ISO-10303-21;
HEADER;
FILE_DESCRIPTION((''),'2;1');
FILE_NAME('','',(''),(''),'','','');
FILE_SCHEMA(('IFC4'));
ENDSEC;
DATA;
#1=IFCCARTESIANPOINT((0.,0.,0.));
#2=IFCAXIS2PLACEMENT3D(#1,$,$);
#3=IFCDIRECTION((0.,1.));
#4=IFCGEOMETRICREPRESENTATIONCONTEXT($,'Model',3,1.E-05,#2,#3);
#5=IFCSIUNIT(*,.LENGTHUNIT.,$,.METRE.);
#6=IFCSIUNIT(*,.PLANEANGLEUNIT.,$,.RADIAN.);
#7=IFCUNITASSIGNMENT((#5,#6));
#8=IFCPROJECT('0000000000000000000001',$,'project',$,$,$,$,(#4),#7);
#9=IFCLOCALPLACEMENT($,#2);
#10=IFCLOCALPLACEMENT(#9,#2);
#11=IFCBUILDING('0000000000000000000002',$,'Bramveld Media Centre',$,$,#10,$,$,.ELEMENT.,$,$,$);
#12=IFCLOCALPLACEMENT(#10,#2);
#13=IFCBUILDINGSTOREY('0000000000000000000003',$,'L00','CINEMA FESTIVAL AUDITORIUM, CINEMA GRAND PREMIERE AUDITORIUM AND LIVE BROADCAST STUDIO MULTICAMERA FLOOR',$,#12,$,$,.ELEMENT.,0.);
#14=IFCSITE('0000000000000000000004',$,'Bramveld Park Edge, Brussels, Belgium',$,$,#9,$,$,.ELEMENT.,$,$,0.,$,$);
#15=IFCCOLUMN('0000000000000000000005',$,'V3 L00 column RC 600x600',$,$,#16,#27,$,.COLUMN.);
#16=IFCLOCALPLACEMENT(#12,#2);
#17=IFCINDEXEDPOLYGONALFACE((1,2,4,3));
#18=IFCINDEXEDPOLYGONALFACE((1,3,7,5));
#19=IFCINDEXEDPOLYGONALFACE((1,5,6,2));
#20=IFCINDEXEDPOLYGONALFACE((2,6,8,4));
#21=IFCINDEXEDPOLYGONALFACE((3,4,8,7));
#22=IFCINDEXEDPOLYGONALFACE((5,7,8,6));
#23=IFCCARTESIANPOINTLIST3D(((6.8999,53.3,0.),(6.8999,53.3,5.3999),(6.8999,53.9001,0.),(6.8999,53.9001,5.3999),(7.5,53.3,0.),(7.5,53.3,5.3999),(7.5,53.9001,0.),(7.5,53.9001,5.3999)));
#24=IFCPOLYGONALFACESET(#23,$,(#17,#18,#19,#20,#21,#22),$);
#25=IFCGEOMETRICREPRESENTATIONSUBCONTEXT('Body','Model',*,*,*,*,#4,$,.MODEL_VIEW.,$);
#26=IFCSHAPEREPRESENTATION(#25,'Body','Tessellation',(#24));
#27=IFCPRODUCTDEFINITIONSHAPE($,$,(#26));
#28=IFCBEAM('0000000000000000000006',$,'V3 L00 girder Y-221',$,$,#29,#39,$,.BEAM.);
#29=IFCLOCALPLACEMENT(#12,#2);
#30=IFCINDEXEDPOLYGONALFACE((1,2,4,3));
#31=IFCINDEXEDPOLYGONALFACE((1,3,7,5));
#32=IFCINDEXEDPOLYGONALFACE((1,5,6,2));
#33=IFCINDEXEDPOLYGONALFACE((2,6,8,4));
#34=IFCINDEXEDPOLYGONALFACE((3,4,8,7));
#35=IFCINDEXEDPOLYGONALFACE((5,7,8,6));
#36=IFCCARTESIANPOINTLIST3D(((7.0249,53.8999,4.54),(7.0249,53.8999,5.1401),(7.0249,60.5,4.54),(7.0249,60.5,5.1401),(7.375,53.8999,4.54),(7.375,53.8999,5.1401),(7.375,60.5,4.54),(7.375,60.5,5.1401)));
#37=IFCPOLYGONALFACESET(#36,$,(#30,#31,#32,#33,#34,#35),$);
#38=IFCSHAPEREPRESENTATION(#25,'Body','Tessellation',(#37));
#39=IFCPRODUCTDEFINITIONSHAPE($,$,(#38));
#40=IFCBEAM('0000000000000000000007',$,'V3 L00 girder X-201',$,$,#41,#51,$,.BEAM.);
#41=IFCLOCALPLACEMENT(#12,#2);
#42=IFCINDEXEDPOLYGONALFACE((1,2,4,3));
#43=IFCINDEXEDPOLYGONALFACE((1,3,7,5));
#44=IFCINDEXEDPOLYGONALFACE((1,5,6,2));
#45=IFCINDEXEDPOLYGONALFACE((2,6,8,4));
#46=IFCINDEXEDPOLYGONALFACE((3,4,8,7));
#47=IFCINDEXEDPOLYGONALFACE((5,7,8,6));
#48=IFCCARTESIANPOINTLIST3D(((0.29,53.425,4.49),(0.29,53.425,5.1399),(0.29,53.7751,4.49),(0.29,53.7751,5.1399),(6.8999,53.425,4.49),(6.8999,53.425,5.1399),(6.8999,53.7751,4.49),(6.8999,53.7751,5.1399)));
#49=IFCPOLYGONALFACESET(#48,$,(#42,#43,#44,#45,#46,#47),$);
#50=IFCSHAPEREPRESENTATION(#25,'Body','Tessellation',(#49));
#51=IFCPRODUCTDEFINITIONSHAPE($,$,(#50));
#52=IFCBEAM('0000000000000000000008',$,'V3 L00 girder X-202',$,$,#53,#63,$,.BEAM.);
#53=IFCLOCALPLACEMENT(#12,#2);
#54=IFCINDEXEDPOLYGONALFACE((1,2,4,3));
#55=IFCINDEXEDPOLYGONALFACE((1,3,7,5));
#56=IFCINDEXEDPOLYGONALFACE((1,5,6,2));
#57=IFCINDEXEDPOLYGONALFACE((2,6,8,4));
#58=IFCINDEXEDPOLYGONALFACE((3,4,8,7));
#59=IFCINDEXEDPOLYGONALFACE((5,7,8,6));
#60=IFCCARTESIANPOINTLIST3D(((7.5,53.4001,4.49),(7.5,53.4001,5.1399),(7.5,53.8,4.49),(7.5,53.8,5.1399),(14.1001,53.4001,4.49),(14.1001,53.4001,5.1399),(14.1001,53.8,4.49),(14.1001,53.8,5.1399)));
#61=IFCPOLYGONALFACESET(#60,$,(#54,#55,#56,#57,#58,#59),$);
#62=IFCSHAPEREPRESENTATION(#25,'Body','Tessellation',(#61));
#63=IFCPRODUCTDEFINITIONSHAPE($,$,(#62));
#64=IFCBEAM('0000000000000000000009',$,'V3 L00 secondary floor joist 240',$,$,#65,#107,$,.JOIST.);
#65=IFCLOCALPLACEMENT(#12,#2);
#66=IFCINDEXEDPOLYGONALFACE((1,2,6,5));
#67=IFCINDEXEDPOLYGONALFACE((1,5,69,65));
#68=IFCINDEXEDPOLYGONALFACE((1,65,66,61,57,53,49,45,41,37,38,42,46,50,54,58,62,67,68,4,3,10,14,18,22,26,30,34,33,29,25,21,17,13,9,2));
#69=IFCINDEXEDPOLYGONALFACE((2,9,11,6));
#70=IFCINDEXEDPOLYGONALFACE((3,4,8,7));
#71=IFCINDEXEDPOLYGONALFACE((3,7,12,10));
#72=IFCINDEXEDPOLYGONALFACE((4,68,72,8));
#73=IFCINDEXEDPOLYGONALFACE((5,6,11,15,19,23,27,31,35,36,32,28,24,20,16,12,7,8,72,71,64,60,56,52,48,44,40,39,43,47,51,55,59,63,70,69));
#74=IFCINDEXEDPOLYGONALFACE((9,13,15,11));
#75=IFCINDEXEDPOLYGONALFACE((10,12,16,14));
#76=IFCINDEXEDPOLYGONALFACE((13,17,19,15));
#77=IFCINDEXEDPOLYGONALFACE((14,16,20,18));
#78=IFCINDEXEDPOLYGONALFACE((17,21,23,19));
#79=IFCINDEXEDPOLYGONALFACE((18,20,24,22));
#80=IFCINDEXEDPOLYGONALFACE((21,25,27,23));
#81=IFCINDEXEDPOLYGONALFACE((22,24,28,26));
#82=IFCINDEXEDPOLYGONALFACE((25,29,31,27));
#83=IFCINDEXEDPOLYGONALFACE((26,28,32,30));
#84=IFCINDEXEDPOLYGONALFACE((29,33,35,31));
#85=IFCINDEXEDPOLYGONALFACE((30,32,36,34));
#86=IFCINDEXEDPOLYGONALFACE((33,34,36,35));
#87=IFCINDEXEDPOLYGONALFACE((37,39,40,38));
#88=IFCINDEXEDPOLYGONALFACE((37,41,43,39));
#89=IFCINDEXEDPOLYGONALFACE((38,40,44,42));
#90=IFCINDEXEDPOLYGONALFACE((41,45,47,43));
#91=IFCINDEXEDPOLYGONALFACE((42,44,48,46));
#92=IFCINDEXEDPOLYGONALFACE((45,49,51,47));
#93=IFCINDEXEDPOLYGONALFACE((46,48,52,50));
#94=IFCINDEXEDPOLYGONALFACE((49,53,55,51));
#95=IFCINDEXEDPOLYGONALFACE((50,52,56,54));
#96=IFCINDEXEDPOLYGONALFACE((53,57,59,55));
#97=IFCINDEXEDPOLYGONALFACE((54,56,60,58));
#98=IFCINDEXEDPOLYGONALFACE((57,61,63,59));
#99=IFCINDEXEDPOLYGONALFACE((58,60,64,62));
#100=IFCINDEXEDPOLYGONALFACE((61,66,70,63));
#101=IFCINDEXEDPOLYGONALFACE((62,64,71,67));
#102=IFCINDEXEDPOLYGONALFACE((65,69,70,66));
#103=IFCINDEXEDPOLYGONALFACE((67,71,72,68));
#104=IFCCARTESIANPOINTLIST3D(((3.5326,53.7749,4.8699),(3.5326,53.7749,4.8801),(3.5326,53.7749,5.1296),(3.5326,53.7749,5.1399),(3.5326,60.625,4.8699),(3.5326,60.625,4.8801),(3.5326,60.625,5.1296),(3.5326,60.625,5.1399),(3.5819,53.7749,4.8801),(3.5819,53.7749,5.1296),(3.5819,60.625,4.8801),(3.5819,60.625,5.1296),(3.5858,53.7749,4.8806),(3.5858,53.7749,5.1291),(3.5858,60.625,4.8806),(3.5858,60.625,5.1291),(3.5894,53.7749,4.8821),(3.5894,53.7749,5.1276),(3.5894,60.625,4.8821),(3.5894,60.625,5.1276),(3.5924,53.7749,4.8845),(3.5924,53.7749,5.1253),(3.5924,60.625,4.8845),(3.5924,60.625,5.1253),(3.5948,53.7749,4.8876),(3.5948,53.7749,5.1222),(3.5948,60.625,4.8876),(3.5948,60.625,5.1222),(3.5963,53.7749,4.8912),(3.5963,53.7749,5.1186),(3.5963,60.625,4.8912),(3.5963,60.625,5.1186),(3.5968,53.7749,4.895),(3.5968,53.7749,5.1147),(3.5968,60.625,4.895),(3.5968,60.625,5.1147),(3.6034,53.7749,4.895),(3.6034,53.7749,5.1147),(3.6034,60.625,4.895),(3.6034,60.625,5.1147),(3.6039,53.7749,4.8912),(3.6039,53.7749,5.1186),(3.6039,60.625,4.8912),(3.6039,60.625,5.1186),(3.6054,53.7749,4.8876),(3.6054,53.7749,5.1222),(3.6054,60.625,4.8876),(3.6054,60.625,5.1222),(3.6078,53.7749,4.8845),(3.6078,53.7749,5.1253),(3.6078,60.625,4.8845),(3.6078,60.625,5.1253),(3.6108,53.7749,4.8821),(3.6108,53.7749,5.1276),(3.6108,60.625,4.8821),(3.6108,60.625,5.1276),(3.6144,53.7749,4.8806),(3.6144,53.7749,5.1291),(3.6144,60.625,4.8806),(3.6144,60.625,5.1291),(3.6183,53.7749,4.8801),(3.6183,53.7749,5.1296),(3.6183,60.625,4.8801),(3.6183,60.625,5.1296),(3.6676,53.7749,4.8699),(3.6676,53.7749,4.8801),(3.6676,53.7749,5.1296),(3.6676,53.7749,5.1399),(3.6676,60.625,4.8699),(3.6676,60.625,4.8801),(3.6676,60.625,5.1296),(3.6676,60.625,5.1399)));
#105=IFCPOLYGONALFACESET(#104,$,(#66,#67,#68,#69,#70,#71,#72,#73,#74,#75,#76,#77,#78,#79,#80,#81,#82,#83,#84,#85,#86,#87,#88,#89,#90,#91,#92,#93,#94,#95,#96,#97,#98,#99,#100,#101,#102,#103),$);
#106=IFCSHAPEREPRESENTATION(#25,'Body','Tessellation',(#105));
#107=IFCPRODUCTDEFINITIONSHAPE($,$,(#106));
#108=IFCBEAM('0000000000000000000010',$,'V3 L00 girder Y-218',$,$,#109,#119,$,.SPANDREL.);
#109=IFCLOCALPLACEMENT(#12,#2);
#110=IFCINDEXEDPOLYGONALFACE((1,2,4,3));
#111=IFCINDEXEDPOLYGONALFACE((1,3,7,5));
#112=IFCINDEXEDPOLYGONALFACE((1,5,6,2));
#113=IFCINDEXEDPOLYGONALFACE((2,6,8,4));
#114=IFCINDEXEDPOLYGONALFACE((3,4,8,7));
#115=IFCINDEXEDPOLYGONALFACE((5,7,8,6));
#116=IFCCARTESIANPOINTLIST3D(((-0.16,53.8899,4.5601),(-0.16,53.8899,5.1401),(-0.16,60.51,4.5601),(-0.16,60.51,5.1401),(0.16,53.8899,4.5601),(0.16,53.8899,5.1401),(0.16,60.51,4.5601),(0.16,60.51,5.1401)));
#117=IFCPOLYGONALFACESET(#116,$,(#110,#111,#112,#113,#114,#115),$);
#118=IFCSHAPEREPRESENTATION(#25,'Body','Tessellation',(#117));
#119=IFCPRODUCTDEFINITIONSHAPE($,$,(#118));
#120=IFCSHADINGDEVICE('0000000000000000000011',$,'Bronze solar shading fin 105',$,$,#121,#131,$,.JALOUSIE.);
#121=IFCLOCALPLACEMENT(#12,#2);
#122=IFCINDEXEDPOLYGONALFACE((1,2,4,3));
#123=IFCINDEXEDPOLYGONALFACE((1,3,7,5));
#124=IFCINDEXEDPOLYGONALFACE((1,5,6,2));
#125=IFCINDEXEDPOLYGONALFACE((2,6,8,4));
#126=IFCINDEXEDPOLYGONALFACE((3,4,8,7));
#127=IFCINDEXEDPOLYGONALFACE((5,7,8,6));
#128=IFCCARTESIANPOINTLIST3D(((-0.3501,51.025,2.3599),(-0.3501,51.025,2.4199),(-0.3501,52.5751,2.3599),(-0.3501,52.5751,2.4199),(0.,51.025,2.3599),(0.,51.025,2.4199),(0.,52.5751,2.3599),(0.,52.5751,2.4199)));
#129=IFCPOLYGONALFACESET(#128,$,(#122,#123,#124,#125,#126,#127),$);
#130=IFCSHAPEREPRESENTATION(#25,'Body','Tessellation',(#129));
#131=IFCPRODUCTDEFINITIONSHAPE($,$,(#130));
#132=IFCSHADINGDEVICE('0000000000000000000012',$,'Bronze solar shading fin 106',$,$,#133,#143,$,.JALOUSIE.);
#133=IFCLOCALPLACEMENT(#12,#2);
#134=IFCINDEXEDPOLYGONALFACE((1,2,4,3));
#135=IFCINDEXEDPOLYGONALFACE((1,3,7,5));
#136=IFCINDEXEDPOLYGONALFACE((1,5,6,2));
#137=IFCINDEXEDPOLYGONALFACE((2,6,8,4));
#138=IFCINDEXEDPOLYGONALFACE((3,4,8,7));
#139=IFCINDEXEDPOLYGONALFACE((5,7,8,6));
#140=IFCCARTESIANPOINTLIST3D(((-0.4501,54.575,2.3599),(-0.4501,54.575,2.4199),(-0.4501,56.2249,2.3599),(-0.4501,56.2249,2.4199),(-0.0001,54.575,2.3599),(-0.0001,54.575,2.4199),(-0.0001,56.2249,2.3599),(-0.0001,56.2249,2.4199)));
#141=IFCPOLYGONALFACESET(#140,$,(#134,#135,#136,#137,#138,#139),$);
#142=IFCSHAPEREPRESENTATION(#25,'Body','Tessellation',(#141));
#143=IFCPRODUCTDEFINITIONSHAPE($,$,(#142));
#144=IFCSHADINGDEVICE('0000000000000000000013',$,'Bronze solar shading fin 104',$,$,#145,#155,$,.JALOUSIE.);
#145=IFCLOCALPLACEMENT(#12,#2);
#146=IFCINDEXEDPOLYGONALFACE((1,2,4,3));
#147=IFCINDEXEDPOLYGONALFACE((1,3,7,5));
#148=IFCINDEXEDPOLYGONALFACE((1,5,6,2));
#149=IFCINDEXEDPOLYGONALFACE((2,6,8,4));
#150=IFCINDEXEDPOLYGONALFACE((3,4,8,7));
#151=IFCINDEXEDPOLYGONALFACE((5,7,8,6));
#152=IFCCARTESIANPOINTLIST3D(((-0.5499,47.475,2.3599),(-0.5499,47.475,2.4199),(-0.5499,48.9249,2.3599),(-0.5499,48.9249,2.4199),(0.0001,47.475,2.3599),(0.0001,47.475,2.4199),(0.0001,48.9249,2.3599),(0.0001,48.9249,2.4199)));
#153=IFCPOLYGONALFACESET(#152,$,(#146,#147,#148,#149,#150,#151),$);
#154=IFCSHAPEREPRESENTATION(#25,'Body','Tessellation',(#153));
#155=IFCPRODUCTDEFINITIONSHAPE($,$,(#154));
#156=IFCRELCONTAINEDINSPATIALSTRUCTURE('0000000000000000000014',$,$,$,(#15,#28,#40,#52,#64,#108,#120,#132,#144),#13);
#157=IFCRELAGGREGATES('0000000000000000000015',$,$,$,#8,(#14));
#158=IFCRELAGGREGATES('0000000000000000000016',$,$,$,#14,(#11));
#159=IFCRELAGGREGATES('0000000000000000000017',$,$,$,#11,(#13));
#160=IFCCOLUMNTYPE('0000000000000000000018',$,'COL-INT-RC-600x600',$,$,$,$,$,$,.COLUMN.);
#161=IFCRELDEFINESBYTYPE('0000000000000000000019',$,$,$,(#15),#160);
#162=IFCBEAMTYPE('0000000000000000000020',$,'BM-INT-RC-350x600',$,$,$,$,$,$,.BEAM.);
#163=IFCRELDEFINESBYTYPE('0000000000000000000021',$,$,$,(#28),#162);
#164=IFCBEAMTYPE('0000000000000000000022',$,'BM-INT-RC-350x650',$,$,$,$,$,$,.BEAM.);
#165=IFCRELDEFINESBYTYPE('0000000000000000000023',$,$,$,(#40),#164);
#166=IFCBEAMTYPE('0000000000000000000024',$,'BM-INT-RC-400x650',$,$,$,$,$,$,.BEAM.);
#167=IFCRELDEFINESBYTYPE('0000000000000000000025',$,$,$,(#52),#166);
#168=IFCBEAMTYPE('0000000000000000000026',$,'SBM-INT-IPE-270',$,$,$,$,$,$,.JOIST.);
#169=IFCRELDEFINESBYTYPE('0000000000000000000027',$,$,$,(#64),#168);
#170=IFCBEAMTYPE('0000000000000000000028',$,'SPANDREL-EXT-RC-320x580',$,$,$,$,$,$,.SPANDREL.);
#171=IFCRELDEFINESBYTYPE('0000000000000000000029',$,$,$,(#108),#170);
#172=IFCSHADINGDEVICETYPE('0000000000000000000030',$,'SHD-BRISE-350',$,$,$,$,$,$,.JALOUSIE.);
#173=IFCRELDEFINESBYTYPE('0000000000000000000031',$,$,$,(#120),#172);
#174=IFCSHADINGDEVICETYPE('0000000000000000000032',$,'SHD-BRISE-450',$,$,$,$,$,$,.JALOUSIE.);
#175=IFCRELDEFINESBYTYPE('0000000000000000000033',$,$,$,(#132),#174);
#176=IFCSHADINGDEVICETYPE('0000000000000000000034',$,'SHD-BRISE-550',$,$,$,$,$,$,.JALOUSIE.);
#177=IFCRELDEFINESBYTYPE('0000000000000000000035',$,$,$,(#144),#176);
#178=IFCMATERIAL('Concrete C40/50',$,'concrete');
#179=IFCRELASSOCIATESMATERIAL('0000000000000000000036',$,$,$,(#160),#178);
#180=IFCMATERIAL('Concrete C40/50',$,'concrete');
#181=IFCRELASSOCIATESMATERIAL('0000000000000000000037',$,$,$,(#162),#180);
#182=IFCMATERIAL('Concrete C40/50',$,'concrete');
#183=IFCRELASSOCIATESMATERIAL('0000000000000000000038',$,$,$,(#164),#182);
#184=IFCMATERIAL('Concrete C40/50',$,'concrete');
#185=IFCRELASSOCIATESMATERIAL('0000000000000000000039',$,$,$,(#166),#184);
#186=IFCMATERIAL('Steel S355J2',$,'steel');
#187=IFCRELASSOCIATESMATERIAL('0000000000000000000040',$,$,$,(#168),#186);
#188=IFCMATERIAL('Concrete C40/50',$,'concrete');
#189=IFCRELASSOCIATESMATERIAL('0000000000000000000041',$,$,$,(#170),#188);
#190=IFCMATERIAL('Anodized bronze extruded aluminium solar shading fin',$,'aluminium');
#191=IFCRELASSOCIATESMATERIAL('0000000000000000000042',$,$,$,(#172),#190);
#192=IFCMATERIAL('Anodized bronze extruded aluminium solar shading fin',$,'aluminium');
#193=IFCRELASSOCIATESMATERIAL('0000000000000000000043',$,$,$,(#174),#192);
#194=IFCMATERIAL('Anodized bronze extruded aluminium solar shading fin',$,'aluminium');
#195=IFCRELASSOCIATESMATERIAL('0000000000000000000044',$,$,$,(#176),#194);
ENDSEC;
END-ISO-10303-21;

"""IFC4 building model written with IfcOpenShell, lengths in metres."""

from ifc_helpers import new_model, si_unit, direction, frame, origin, origin_2d, place, context, subcontext, project, spatial, rectangle, i_section, extrude, material, material_profile, profile_set, type_object, element, save


model = new_model("IFC4")

# Units and contexts
model_context = context("Model", 3, precision=1e-05, world=origin(), true_north=direction((0.0, 1.0)))
body_context = subcontext(model_context, "Body", "Model", "MODEL_VIEW")
ifc_project = project(units=[si_unit("LENGTHUNIT", "METRE"), si_unit("PLANEANGLEUNIT", "RADIAN")], contexts=[model_context])

# Site, building, storey
site_placement = place(None, origin())
site = spatial("IfcSite", under=ifc_project, at=site_placement, Name="Bramveld Park Edge, Brussels, Belgium", CompositionType="ELEMENT", RefElevation=0.0)
building_placement = place(site_placement, origin())
building = spatial("IfcBuilding", under=site, at=building_placement, Name="Bramveld Media Centre", CompositionType="ELEMENT")
storey_placement = place(building_placement, origin())
storey = spatial("IfcBuildingStorey", under=building, at=storey_placement, Name="L00", Description="CINEMA FESTIVAL AUDITORIUM, CINEMA GRAND PREMIERE AUDITORIUM AND LIVE BROADCAST STUDIO MULTICAMERA FLOOR", CompositionType="ELEMENT", Elevation=0.0)

# Column
ifc_material_1 = material(Name="Concrete C40/50", Category="concrete")
ifc_material_profile_1 = material_profile(ifc_material_1, rectangle(XDim=0.6001, YDim=0.6001, at=origin_2d()), Name="RC 600x600")
ifc_profile_set_1 = profile_set([ifc_material_profile_1], Name="Concrete C40/50")
column_type_1 = type_object("IfcColumnType", Name="COL-INT-RC-600x600", PredefinedType="COLUMN", material=ifc_profile_set_1)
column_1_placement = place(storey_placement, frame((7.2, 53.6001, 0.0), z_axis=(0.0, 0.0, 1.0), x_axis=(1.0, 0.0, 0.0)))
element("IfcColumn", 1, at=column_1_placement, inside=storey, type_object=column_type_1, Name="V3 L00 column RC 600x600", PredefinedType="COLUMN", context=body_context, shape_type="SweptSolid", body=[
    extrude(rectangle(XDim=0.6001, YDim=0.6001, at=origin_2d()), origin(), (0.0, 0.0, 1.0), 5.3999),
])

# Beams
ifc_material_2 = material(Name="Concrete C40/50", Category="concrete")
ifc_material_profile_2 = material_profile(ifc_material_2, rectangle(XDim=0.3501, YDim=0.6001, at=origin_2d()), Name="RC 350x600")
ifc_profile_set_2 = profile_set([ifc_material_profile_2], Name="Concrete C40/50")
beam_type_1 = type_object("IfcBeamType", Name="BM-INT-RC-350x600", PredefinedType="BEAM", material=ifc_profile_set_2)
beam_1_placement = place(storey_placement, frame((7.2, 53.8999, 4.8401), z_axis=(0.0, 1.0, 0.0), x_axis=(-1.0, 0.0, 0.0)))
element("IfcBeam", 2, at=beam_1_placement, inside=storey, type_object=beam_type_1, Name="V3 L00 girder Y-221", PredefinedType="BEAM", context=body_context, shape_type="SweptSolid", body=[
    extrude(rectangle(XDim=0.3501, YDim=0.6001, at=origin_2d()), origin(), (0.0, 0.0, 1.0), 6.6001),
])
ifc_material_3 = material(Name="Concrete C40/50", Category="concrete")
ifc_material_profile_3 = material_profile(ifc_material_3, rectangle(XDim=0.3501, YDim=0.6499, at=origin_2d()), Name="RC 350x650")
ifc_profile_set_3 = profile_set([ifc_material_profile_3], Name="Concrete C40/50")
beam_type_2 = type_object("IfcBeamType", Name="BM-INT-RC-350x650", PredefinedType="BEAM", material=ifc_profile_set_3)
beam_2_placement = place(storey_placement, frame((0.29, 53.6001, 4.8149), z_axis=(1.0, 0.0, 0.0), x_axis=(0.0, 1.0, 0.0)))
element("IfcBeam", 3, at=beam_2_placement, inside=storey, type_object=beam_type_2, Name="V3 L00 girder X-201", PredefinedType="BEAM", context=body_context, shape_type="SweptSolid", body=[
    extrude(rectangle(XDim=0.3501, YDim=0.6499, at=origin_2d()), origin(), (0.0, 0.0, 1.0), 6.6099),
])
ifc_material_4 = material(Name="Concrete C40/50", Category="concrete")
ifc_material_profile_4 = material_profile(ifc_material_4, rectangle(XDim=0.3999, YDim=0.6499, at=origin_2d()), Name="RC 400x650")
ifc_profile_set_4 = profile_set([ifc_material_profile_4], Name="Concrete C40/50")
beam_type_3 = type_object("IfcBeamType", Name="BM-INT-RC-400x650", PredefinedType="BEAM", material=ifc_profile_set_4)
beam_3_placement = place(storey_placement, frame((7.5, 53.6001, 4.8149), z_axis=(1.0, 0.0, 0.0), x_axis=(0.0, 1.0, 0.0)))
element("IfcBeam", 4, at=beam_3_placement, inside=storey, type_object=beam_type_3, Name="V3 L00 girder X-202", PredefinedType="BEAM", context=body_context, shape_type="SweptSolid", body=[
    extrude(rectangle(XDim=0.3999, YDim=0.6499, at=origin_2d()), origin(), (0.0, 0.0, 1.0), 6.6001),
])
ifc_material_5 = material(Name="Steel S355J2", Category="steel")
ifc_material_profile_5 = material_profile(ifc_material_5, i_section(OverallWidth=0.135, OverallDepth=0.27, WebThickness=0.0066, FlangeThickness=0.0103, FilletRadius=0.0149, at=origin_2d()), Name="IPE 270")
ifc_profile_set_5 = profile_set([ifc_material_profile_5], Name="Steel S355J2")
beam_type_4 = type_object("IfcBeamType", Name="SBM-INT-IPE-270", PredefinedType="JOIST", material=ifc_profile_set_5)
beam_4_placement = place(storey_placement, frame((3.6001, 53.7749, 5.0049), z_axis=(0.0, 1.0, 0.0), x_axis=(-1.0, 0.0, 0.0)))
element("IfcBeam", 5, at=beam_4_placement, inside=storey, type_object=beam_type_4, Name="V3 L00 secondary floor joist 240", PredefinedType="JOIST", context=body_context, shape_type="SweptSolid", body=[
    extrude(i_section(OverallWidth=0.135, OverallDepth=0.27, WebThickness=0.0066, FlangeThickness=0.0103, FilletRadius=0.0149, at=origin_2d()), origin(), (0.0, 0.0, 1.0), 6.8501),
])
ifc_material_6 = material(Name="Concrete C40/50", Category="concrete")
ifc_material_profile_6 = material_profile(ifc_material_6, rectangle(XDim=0.3201, YDim=0.5801, at=origin_2d()), Name="RC 320x580")
ifc_profile_set_6 = profile_set([ifc_material_profile_6], Name="Concrete C40/50")
beam_type_5 = type_object("IfcBeamType", Name="SPANDREL-EXT-RC-320x580", PredefinedType="SPANDREL", material=ifc_profile_set_6)
beam_5_placement = place(storey_placement, frame((0.0, 53.8899, 4.8501), z_axis=(0.0, 1.0, 0.0), x_axis=(-1.0, 0.0, 0.0)))
element("IfcBeam", 6, at=beam_5_placement, inside=storey, type_object=beam_type_5, Name="V3 L00 girder Y-218", PredefinedType="SPANDREL", context=body_context, shape_type="SweptSolid", body=[
    extrude(rectangle(XDim=0.3201, YDim=0.5801, at=origin_2d()), origin(), (0.0, 0.0, 1.0), 6.6201),
])

# Shading devices
ifc_material_7 = material(Name="Anodized bronze extruded aluminium solar shading fin", Category="aluminium")
shading_device_type_1 = type_object("IfcShadingDeviceType", Name="SHD-BRISE-350", PredefinedType="JALOUSIE", material=ifc_material_7)
shading_device_1_placement = place(storey_placement, frame((-0.175, 51.8, 2.3599), z_axis=(0.0, 0.0, 1.0), x_axis=(1.0, 0.0, 0.0)))
element("IfcShadingDevice", 7, at=shading_device_1_placement, inside=storey, type_object=shading_device_type_1, Name="Bronze solar shading fin 105", PredefinedType="JALOUSIE", context=body_context, shape_type="SweptSolid", body=[
    extrude(rectangle(XDim=0.3501, YDim=1.55, at=origin_2d()), origin(), (0.0, 0.0, 1.0), 0.0601),
])
ifc_material_8 = material(Name="Anodized bronze extruded aluminium solar shading fin", Category="aluminium")
shading_device_type_2 = type_object("IfcShadingDeviceType", Name="SHD-BRISE-450", PredefinedType="JALOUSIE", material=ifc_material_8)
shading_device_2_placement = place(storey_placement, frame((-0.2251, 55.3999, 2.3599), z_axis=(0.0, 0.0, 1.0), x_axis=(1.0, 0.0, 0.0)))
element("IfcShadingDevice", 8, at=shading_device_2_placement, inside=storey, type_object=shading_device_type_2, Name="Bronze solar shading fin 106", PredefinedType="JALOUSIE", context=body_context, shape_type="SweptSolid", body=[
    extrude(rectangle(XDim=0.45, YDim=1.6499, at=origin_2d()), origin(), (0.0, 0.0, 1.0), 0.0601),
])
ifc_material_9 = material(Name="Anodized bronze extruded aluminium solar shading fin", Category="aluminium")
shading_device_type_3 = type_object("IfcShadingDeviceType", Name="SHD-BRISE-550", PredefinedType="JALOUSIE", material=ifc_material_9)
shading_device_3_placement = place(storey_placement, frame((-0.2749, 48.2, 2.3599), z_axis=(0.0, 0.0, 1.0), x_axis=(1.0, 0.0, 0.0)))
element("IfcShadingDevice", 9, at=shading_device_3_placement, inside=storey, type_object=shading_device_type_3, Name="Bronze solar shading fin 104", PredefinedType="JALOUSIE", context=body_context, shape_type="SweptSolid", body=[
    extrude(rectangle(XDim=0.55, YDim=1.45, at=origin_2d()), origin(), (0.0, 0.0, 1.0), 0.0601),
])

save(model, "model.ifc")
